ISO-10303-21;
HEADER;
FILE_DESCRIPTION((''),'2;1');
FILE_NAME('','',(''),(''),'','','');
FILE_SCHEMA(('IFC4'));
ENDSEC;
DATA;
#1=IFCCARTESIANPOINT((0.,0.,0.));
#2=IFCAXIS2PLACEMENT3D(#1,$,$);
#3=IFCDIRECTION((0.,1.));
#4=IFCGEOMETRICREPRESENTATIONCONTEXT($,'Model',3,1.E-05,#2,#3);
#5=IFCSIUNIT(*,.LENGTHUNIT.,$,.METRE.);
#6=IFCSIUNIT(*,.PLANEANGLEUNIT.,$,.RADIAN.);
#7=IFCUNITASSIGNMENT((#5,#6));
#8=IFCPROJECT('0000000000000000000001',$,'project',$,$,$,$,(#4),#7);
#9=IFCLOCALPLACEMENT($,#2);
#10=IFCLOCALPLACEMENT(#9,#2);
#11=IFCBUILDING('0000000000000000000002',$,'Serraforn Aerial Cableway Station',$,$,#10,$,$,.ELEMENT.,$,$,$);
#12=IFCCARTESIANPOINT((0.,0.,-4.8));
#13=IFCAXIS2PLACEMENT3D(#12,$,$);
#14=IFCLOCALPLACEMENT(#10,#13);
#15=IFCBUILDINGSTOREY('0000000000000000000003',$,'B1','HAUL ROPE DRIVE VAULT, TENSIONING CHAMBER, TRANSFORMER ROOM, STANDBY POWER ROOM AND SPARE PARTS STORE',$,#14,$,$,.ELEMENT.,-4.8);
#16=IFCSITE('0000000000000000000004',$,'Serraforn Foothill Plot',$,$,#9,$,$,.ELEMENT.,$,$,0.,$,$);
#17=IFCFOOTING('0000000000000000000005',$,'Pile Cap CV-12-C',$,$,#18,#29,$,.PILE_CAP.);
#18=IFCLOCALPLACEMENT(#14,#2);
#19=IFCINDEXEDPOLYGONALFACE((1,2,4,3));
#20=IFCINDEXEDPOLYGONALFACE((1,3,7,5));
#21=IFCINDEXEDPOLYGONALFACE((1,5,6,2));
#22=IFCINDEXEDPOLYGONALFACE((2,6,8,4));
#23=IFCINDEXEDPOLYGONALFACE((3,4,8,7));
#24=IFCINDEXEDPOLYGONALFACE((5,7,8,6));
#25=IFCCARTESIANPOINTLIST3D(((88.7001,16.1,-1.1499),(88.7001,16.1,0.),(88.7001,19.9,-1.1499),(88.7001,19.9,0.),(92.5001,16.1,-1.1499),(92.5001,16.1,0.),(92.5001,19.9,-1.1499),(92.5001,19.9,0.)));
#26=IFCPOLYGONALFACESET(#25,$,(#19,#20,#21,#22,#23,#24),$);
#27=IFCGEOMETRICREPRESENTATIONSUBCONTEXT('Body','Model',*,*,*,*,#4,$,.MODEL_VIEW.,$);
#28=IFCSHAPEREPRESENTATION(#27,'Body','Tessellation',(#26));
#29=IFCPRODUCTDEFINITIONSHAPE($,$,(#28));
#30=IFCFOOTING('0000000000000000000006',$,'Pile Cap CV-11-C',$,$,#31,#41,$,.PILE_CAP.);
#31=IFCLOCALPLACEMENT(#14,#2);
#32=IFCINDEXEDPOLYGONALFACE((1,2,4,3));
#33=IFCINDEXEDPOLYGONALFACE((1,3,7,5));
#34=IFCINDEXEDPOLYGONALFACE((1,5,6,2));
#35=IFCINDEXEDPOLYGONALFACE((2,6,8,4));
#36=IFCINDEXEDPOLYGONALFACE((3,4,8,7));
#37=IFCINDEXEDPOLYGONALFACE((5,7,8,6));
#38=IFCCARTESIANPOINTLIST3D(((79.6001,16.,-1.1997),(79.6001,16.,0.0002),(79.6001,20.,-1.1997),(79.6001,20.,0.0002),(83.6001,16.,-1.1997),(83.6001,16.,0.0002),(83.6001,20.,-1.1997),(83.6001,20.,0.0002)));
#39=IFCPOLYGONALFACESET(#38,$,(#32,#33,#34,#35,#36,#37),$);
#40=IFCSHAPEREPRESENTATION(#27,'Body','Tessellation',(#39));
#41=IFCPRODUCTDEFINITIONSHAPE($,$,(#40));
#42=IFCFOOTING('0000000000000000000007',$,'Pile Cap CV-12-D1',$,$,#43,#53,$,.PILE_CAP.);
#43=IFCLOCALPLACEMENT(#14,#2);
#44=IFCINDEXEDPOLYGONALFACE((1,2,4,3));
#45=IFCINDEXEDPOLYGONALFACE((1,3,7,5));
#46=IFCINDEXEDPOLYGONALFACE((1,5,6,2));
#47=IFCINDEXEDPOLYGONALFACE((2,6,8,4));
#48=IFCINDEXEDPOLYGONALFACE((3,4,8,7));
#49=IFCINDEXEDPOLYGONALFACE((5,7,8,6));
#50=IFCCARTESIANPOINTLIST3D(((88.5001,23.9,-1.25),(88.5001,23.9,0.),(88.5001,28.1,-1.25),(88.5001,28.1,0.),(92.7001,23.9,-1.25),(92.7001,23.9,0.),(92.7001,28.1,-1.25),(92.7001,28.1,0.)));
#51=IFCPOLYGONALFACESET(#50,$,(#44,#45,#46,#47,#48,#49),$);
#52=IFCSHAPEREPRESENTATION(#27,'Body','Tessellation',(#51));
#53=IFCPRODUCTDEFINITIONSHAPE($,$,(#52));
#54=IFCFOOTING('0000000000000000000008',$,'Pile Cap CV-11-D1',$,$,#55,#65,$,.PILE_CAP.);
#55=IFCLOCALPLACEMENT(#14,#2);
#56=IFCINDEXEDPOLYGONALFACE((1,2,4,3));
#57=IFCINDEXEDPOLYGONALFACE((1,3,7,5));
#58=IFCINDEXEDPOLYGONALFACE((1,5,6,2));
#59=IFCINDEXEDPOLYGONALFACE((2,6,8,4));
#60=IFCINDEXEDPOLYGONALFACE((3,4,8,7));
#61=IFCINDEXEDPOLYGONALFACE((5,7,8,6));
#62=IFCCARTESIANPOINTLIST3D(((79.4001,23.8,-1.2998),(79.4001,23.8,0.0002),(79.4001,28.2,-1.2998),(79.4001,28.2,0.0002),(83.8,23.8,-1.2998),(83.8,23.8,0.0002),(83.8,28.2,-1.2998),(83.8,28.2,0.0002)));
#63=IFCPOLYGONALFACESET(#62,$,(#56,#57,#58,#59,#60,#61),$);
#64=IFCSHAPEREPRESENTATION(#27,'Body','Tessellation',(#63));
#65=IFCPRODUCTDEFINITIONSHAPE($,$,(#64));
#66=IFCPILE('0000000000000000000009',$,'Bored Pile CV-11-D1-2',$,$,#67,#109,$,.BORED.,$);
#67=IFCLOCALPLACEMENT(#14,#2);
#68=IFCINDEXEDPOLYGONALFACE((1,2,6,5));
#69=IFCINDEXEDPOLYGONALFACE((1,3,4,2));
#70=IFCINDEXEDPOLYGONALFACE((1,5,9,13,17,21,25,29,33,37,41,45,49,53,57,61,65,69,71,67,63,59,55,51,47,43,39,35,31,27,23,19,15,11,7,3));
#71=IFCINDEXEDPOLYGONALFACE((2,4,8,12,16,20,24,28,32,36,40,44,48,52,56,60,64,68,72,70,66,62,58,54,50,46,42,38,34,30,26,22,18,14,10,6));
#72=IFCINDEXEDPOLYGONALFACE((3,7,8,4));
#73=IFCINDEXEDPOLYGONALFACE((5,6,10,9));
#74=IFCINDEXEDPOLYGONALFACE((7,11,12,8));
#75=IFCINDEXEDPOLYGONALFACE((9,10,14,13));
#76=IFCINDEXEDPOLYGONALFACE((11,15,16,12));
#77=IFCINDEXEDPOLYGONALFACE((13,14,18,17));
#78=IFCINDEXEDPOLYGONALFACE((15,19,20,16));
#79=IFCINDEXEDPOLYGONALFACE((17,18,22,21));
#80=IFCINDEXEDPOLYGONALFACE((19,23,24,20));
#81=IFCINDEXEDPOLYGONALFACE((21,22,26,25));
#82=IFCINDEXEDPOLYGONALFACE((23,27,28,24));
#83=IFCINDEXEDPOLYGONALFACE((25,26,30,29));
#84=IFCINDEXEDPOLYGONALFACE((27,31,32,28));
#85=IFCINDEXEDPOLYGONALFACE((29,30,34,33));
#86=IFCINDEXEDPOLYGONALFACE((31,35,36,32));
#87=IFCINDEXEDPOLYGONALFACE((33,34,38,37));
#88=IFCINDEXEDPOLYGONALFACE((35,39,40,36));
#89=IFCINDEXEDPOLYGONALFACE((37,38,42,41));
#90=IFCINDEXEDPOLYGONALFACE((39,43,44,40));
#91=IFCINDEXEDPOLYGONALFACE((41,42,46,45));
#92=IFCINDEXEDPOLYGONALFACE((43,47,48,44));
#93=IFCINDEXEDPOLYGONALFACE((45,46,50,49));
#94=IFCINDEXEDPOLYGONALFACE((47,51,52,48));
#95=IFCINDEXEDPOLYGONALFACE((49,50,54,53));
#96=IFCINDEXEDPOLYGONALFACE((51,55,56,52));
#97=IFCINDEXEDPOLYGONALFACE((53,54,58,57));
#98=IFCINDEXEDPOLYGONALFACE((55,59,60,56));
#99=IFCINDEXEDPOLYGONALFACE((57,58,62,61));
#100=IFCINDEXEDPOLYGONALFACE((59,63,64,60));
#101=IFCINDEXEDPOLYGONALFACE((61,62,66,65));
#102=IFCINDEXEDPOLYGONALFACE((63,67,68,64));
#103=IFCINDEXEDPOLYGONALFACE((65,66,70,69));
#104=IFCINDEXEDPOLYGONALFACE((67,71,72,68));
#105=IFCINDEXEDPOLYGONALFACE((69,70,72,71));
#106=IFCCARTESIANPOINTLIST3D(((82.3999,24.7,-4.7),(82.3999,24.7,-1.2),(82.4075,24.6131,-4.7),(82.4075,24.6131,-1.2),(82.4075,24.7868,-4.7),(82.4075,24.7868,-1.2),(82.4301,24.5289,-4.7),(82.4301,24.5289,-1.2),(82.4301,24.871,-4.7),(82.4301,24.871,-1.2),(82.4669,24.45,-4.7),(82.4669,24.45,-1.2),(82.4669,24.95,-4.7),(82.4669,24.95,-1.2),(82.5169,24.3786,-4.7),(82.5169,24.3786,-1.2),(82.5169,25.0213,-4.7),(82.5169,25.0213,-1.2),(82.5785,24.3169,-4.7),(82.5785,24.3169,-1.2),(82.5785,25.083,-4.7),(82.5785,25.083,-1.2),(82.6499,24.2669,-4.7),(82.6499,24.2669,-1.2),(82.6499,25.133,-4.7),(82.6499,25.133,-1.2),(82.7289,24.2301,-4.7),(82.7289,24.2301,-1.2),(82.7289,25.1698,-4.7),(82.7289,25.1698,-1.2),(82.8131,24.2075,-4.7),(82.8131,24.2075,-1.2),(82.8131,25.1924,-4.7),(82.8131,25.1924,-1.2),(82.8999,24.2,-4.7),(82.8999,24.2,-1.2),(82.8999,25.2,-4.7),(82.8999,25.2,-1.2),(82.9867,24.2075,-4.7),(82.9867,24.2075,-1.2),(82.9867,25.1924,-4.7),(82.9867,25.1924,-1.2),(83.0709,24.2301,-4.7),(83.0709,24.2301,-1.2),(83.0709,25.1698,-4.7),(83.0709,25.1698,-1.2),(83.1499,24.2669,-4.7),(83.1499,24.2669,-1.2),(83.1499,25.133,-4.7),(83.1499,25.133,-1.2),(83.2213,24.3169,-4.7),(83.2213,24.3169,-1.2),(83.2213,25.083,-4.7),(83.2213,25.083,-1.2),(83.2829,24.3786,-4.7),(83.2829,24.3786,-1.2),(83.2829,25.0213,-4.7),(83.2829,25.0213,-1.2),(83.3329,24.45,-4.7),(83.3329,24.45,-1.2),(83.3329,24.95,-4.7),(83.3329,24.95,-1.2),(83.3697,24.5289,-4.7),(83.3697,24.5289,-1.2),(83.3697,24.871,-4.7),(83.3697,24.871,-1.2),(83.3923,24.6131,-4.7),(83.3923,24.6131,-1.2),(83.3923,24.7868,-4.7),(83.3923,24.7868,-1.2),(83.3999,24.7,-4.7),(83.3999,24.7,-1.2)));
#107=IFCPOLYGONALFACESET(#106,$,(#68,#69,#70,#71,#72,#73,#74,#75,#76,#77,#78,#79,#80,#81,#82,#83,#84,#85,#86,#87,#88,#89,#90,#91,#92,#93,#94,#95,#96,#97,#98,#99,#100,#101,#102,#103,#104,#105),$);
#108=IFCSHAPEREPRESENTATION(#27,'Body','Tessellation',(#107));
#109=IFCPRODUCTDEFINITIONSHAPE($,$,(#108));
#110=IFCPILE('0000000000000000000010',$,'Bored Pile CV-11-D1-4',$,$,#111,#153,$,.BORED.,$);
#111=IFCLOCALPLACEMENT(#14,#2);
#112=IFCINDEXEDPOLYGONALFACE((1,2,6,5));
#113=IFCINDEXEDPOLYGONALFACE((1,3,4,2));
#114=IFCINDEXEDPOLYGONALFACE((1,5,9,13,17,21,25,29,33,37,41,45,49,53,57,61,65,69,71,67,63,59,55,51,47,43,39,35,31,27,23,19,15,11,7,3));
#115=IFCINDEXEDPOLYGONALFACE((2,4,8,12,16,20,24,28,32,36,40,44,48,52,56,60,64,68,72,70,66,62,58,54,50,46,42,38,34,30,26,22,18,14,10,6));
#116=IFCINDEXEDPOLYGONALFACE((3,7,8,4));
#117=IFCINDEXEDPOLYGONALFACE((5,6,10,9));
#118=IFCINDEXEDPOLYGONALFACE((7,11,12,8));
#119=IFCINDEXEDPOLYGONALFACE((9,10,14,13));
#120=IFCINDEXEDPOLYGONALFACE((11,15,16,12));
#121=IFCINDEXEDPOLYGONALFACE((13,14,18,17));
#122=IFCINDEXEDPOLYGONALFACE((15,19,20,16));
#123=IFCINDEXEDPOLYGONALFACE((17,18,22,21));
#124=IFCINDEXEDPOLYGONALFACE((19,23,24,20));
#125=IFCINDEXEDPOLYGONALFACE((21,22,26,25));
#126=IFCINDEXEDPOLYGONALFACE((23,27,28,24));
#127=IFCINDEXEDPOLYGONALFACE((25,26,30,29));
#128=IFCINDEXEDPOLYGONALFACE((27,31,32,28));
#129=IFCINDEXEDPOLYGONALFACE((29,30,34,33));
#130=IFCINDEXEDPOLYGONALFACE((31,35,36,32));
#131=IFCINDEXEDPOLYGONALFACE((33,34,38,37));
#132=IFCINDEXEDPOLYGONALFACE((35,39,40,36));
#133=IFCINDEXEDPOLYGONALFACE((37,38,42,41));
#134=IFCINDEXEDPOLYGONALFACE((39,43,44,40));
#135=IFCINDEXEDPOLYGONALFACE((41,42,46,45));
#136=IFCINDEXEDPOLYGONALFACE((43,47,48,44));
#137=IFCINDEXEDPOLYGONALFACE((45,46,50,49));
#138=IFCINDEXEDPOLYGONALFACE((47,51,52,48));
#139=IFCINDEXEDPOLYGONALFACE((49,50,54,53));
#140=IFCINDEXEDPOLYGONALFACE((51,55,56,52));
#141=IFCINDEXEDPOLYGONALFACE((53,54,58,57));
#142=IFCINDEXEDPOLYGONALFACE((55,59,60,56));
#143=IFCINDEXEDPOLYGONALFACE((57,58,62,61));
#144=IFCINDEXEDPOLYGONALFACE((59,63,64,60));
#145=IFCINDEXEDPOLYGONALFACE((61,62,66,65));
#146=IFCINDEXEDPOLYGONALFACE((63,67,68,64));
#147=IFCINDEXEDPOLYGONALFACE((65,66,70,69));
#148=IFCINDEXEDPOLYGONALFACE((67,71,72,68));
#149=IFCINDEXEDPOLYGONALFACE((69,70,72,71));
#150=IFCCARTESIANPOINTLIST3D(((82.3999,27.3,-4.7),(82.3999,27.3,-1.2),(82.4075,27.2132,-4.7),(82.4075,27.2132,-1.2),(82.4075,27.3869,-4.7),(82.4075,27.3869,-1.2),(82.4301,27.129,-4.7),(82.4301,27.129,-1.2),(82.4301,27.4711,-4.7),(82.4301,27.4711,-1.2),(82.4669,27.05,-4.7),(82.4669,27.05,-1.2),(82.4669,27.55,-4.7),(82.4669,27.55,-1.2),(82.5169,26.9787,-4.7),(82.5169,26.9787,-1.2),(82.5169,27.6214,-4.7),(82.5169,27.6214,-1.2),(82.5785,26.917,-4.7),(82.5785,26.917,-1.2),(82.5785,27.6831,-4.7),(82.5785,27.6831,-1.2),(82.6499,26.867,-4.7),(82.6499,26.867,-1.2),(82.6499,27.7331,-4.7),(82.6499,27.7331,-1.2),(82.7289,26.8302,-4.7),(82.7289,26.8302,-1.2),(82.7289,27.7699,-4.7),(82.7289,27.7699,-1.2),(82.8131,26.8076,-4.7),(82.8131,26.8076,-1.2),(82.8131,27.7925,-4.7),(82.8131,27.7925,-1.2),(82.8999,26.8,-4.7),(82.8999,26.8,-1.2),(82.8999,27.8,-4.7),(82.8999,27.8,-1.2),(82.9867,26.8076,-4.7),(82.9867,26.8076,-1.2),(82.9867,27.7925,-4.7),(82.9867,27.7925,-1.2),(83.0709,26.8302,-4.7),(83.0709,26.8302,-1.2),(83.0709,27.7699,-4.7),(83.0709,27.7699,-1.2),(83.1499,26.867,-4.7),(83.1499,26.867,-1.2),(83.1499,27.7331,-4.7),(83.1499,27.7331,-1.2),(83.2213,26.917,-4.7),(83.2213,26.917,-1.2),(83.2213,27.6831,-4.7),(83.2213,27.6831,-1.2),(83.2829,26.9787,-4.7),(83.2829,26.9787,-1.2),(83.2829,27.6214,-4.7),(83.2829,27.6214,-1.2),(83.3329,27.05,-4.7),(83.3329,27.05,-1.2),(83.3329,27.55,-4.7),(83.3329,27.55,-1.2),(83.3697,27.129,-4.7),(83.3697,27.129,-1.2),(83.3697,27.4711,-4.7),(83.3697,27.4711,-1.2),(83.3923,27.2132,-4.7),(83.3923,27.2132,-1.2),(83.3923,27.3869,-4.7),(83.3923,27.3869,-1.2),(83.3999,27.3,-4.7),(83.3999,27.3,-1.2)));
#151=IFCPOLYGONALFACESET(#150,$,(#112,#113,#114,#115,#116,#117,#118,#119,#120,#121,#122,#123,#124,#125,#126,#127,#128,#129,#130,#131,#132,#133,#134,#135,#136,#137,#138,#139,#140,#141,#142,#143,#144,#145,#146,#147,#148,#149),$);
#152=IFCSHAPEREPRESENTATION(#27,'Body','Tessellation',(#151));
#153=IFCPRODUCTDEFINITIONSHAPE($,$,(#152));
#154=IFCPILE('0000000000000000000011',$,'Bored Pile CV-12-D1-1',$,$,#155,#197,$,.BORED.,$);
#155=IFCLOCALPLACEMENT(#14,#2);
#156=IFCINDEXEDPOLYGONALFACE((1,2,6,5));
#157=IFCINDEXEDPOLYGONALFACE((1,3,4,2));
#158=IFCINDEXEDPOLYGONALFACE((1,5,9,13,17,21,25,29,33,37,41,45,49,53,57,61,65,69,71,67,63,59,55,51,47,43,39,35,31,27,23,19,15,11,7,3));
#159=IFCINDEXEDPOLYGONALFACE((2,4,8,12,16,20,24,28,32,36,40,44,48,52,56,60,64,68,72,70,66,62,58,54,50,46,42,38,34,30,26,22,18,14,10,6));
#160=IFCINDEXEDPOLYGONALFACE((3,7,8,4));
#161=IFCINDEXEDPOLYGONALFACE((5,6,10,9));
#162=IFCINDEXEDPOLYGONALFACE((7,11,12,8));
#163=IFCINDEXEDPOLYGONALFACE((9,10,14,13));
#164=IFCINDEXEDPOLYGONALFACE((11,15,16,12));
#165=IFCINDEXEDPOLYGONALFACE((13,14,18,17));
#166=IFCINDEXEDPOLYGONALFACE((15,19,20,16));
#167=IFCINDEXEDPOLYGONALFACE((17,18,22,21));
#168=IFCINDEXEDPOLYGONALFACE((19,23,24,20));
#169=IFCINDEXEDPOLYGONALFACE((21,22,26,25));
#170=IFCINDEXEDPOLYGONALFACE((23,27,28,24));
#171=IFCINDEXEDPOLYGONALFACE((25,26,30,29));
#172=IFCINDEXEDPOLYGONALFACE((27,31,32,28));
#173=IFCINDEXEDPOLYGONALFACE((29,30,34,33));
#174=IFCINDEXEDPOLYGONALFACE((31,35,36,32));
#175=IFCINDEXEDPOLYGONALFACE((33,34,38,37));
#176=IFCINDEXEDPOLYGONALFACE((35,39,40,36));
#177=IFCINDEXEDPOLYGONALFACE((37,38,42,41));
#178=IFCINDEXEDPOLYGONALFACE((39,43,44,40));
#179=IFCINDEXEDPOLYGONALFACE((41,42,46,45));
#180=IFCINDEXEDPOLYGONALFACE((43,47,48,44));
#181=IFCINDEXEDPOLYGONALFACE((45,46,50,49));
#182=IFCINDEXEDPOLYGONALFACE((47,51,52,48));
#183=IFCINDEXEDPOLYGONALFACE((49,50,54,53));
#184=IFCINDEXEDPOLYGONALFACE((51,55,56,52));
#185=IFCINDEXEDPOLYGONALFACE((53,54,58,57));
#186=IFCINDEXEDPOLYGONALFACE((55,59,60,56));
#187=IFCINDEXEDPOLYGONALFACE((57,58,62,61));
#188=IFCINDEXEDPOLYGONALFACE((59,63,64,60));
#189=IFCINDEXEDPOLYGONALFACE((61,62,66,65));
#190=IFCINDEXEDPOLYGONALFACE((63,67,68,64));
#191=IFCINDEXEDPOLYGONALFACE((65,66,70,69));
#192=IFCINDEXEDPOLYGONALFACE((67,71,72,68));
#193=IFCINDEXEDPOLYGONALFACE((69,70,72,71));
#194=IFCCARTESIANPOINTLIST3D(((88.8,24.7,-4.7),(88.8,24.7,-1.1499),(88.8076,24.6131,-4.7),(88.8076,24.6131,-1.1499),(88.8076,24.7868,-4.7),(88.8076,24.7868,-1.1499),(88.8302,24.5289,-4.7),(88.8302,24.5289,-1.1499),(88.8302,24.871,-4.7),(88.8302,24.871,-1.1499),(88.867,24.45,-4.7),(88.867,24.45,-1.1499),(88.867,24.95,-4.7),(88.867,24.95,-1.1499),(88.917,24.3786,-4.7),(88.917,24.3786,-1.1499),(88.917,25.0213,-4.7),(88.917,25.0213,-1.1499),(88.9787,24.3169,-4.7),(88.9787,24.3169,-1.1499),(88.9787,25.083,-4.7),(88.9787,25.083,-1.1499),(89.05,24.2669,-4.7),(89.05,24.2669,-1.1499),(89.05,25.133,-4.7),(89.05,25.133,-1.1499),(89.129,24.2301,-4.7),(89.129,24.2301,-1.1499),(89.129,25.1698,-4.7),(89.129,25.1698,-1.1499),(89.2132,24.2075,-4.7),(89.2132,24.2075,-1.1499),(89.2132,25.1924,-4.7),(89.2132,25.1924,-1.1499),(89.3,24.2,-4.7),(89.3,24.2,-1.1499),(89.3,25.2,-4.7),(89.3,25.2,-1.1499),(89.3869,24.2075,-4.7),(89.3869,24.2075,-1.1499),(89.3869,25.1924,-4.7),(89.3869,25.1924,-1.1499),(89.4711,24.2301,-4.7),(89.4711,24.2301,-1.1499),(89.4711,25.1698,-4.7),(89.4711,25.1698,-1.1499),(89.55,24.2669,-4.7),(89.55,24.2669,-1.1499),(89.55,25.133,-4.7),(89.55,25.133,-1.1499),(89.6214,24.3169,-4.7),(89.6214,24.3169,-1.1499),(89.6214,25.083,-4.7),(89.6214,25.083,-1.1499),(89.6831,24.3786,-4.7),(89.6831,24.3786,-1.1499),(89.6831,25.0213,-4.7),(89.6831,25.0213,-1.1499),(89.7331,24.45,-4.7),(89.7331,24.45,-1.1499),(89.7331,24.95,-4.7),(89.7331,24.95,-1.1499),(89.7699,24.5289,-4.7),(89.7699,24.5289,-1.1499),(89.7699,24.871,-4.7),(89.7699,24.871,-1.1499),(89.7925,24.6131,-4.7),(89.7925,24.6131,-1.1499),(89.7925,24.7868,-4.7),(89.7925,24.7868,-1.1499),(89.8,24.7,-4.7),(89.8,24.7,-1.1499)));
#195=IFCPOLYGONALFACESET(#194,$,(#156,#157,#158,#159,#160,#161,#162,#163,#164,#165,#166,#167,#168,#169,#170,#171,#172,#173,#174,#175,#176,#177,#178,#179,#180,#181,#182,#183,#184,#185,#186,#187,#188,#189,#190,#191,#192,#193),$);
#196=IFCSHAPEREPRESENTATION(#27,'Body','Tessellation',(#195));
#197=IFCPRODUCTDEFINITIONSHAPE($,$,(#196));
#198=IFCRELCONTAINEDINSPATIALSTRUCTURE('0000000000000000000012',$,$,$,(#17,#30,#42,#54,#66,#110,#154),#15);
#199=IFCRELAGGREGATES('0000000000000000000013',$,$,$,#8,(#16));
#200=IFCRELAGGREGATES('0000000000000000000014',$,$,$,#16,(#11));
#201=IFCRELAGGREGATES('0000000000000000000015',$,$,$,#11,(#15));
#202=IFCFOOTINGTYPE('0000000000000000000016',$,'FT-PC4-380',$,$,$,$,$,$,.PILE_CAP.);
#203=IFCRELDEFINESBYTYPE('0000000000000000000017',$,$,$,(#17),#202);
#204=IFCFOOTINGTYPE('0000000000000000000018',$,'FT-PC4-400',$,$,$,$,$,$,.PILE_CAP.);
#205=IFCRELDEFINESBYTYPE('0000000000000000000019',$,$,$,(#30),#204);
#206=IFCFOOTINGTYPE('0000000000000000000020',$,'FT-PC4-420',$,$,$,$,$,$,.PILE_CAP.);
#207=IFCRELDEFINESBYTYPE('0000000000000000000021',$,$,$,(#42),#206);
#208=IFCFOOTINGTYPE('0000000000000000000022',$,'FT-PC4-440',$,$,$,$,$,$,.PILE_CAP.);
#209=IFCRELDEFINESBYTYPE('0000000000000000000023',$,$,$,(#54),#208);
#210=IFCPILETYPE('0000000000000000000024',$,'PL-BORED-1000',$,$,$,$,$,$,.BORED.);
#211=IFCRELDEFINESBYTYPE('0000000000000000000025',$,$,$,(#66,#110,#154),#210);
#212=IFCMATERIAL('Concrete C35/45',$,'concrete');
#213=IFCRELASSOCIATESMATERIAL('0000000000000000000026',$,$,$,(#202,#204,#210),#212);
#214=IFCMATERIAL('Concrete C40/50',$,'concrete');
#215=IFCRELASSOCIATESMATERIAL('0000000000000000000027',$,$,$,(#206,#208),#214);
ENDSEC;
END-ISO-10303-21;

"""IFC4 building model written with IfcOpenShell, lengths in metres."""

from ifc_helpers import new_model, si_unit, direction, frame, origin, origin_2d, place, context, subcontext, project, spatial, rectangle, circle, extrude, material, material_profile, profile_set, type_object, element, save


model = new_model("IFC4")

# Units and contexts
model_context = context("Model", 3, precision=1e-05, world=origin(), true_north=direction((0.0, 1.0)))
body_context = subcontext(model_context, "Body", "Model", "MODEL_VIEW")
ifc_project = project(units=[si_unit("LENGTHUNIT", "METRE"), si_unit("PLANEANGLEUNIT", "RADIAN")], contexts=[model_context])

# Site, building, storey
site_placement = place(None, origin())
site = spatial("IfcSite", under=ifc_project, at=site_placement, Name="Serraforn Foothill Plot", CompositionType="ELEMENT", RefElevation=0.0)
building_placement = place(site_placement, origin())
building = spatial("IfcBuilding", under=site, at=building_placement, Name="Serraforn Aerial Cableway Station", CompositionType="ELEMENT")
storey_placement = place(building_placement, frame((0.0, 0.0, -4.8)))
storey = spatial("IfcBuildingStorey", under=building, at=storey_placement, Name="B1", Description="HAUL ROPE DRIVE VAULT, TENSIONING CHAMBER, TRANSFORMER ROOM, STANDBY POWER ROOM AND SPARE PARTS STORE", CompositionType="ELEMENT", Elevation=-4.8)

# Footings
ifc_material_1 = material(Name="Concrete C35/45", Category="concrete")
footing_type_1 = type_object("IfcFootingType", Name="FT-PC4-380", PredefinedType="PILE_CAP", material=ifc_material_1)
footing_1_placement = place(storey_placement, frame((90.6001, 18.0, -1.1499), z_axis=(0.0, 0.0, 1.0), x_axis=(1.0, 0.0, 0.0)))
element("IfcFooting", 1, at=footing_1_placement, inside=storey, type_object=footing_type_1, Name="Pile Cap CV-12-C", PredefinedType="PILE_CAP", context=body_context, shape_type="SweptSolid", body=[
    extrude(rectangle(XDim=3.8, YDim=3.8, at=origin_2d()), origin(), (0.0, 0.0, 1.0), 1.1499),
])
footing_type_2 = type_object("IfcFootingType", Name="FT-PC4-400", PredefinedType="PILE_CAP", material=ifc_material_1)
footing_2_placement = place(storey_placement, frame((81.6001, 18.0, -1.1997), z_axis=(0.0, 0.0, 1.0), x_axis=(1.0, 0.0, 0.0)))
element("IfcFooting", 2, at=footing_2_placement, inside=storey, type_object=footing_type_2, Name="Pile Cap CV-11-C", PredefinedType="PILE_CAP", context=body_context, shape_type="SweptSolid", body=[
    extrude(rectangle(XDim=4.0, YDim=4.0, at=origin_2d()), origin(), (0.0, 0.0, 1.0), 1.2),
])
ifc_material_2 = material(Name="Concrete C40/50", Category="concrete")
footing_type_3 = type_object("IfcFootingType", Name="FT-PC4-420", PredefinedType="PILE_CAP", material=ifc_material_2)
footing_3_placement = place(storey_placement, frame((90.6001, 26.0, -1.25), z_axis=(0.0, 0.0, 1.0), x_axis=(1.0, 0.0, 0.0)))
element("IfcFooting", 3, at=footing_3_placement, inside=storey, type_object=footing_type_3, Name="Pile Cap CV-12-D1", PredefinedType="PILE_CAP", context=body_context, shape_type="SweptSolid", body=[
    extrude(rectangle(XDim=4.2, YDim=4.2, at=origin_2d()), origin(), (0.0, 0.0, 1.0), 1.25),
])
footing_type_4 = type_object("IfcFootingType", Name="FT-PC4-440", PredefinedType="PILE_CAP", material=ifc_material_2)
footing_4_placement = place(storey_placement, frame((81.6001, 26.0, -1.2998), z_axis=(0.0, 0.0, 1.0), x_axis=(1.0, 0.0, 0.0)))
element("IfcFooting", 4, at=footing_4_placement, inside=storey, type_object=footing_type_4, Name="Pile Cap CV-11-D1", PredefinedType="PILE_CAP", context=body_context, shape_type="SweptSolid", body=[
    extrude(rectangle(XDim=4.3999, YDim=4.3999, at=origin_2d()), origin(), (0.0, 0.0, 1.0), 1.3),
])

# Piles
ifc_material_profile_1 = material_profile(ifc_material_1, circle(Radius=0.5, at=origin_2d()), Name="BORED PILE D1000")
ifc_profile_set_1 = profile_set([ifc_material_profile_1], Name="Concrete C35/45")
pile_type_1 = type_object("IfcPileType", Name="PL-BORED-1000", PredefinedType="BORED", material=ifc_profile_set_1)
for number, where, z_axis, x_axis, name in (
    (5, (82.8999, 24.7, -1.2), (0.0, 0.0, -1.0), (1.0, 0.0, 0.0), "Bored Pile CV-11-D1-2"),
    (6, (82.8999, 27.3, -1.2), (0.0, 0.0, -1.0), (1.0, 0.0, 0.0), "Bored Pile CV-11-D1-4"),
):
    element("IfcPile", number, at=place(storey_placement, frame(where, z_axis=z_axis, x_axis=x_axis)), inside=storey, type_object=pile_type_1, Name=name, PredefinedType="BORED", context=body_context, shape_type="SweptSolid", body=[
        extrude(circle(Radius=0.5, at=origin_2d()), origin(), (0.0, 0.0, 1.0), 3.5),
    ])
for number, where, z_axis, x_axis, name in (
    (7, (89.3, 24.7, -1.1499), (0.0, 0.0, -1.0), (1.0, 0.0, 0.0), "Bored Pile CV-12-D1-1"),
):
    element("IfcPile", number, at=place(storey_placement, frame(where, z_axis=z_axis, x_axis=x_axis)), inside=storey, type_object=pile_type_1, Name=name, PredefinedType="BORED", context=body_context, shape_type="SweptSolid", body=[
        extrude(circle(Radius=0.5, at=origin_2d()), origin(), (0.0, 0.0, 1.0), 3.55),
    ])

save(model, "model.ifc")
